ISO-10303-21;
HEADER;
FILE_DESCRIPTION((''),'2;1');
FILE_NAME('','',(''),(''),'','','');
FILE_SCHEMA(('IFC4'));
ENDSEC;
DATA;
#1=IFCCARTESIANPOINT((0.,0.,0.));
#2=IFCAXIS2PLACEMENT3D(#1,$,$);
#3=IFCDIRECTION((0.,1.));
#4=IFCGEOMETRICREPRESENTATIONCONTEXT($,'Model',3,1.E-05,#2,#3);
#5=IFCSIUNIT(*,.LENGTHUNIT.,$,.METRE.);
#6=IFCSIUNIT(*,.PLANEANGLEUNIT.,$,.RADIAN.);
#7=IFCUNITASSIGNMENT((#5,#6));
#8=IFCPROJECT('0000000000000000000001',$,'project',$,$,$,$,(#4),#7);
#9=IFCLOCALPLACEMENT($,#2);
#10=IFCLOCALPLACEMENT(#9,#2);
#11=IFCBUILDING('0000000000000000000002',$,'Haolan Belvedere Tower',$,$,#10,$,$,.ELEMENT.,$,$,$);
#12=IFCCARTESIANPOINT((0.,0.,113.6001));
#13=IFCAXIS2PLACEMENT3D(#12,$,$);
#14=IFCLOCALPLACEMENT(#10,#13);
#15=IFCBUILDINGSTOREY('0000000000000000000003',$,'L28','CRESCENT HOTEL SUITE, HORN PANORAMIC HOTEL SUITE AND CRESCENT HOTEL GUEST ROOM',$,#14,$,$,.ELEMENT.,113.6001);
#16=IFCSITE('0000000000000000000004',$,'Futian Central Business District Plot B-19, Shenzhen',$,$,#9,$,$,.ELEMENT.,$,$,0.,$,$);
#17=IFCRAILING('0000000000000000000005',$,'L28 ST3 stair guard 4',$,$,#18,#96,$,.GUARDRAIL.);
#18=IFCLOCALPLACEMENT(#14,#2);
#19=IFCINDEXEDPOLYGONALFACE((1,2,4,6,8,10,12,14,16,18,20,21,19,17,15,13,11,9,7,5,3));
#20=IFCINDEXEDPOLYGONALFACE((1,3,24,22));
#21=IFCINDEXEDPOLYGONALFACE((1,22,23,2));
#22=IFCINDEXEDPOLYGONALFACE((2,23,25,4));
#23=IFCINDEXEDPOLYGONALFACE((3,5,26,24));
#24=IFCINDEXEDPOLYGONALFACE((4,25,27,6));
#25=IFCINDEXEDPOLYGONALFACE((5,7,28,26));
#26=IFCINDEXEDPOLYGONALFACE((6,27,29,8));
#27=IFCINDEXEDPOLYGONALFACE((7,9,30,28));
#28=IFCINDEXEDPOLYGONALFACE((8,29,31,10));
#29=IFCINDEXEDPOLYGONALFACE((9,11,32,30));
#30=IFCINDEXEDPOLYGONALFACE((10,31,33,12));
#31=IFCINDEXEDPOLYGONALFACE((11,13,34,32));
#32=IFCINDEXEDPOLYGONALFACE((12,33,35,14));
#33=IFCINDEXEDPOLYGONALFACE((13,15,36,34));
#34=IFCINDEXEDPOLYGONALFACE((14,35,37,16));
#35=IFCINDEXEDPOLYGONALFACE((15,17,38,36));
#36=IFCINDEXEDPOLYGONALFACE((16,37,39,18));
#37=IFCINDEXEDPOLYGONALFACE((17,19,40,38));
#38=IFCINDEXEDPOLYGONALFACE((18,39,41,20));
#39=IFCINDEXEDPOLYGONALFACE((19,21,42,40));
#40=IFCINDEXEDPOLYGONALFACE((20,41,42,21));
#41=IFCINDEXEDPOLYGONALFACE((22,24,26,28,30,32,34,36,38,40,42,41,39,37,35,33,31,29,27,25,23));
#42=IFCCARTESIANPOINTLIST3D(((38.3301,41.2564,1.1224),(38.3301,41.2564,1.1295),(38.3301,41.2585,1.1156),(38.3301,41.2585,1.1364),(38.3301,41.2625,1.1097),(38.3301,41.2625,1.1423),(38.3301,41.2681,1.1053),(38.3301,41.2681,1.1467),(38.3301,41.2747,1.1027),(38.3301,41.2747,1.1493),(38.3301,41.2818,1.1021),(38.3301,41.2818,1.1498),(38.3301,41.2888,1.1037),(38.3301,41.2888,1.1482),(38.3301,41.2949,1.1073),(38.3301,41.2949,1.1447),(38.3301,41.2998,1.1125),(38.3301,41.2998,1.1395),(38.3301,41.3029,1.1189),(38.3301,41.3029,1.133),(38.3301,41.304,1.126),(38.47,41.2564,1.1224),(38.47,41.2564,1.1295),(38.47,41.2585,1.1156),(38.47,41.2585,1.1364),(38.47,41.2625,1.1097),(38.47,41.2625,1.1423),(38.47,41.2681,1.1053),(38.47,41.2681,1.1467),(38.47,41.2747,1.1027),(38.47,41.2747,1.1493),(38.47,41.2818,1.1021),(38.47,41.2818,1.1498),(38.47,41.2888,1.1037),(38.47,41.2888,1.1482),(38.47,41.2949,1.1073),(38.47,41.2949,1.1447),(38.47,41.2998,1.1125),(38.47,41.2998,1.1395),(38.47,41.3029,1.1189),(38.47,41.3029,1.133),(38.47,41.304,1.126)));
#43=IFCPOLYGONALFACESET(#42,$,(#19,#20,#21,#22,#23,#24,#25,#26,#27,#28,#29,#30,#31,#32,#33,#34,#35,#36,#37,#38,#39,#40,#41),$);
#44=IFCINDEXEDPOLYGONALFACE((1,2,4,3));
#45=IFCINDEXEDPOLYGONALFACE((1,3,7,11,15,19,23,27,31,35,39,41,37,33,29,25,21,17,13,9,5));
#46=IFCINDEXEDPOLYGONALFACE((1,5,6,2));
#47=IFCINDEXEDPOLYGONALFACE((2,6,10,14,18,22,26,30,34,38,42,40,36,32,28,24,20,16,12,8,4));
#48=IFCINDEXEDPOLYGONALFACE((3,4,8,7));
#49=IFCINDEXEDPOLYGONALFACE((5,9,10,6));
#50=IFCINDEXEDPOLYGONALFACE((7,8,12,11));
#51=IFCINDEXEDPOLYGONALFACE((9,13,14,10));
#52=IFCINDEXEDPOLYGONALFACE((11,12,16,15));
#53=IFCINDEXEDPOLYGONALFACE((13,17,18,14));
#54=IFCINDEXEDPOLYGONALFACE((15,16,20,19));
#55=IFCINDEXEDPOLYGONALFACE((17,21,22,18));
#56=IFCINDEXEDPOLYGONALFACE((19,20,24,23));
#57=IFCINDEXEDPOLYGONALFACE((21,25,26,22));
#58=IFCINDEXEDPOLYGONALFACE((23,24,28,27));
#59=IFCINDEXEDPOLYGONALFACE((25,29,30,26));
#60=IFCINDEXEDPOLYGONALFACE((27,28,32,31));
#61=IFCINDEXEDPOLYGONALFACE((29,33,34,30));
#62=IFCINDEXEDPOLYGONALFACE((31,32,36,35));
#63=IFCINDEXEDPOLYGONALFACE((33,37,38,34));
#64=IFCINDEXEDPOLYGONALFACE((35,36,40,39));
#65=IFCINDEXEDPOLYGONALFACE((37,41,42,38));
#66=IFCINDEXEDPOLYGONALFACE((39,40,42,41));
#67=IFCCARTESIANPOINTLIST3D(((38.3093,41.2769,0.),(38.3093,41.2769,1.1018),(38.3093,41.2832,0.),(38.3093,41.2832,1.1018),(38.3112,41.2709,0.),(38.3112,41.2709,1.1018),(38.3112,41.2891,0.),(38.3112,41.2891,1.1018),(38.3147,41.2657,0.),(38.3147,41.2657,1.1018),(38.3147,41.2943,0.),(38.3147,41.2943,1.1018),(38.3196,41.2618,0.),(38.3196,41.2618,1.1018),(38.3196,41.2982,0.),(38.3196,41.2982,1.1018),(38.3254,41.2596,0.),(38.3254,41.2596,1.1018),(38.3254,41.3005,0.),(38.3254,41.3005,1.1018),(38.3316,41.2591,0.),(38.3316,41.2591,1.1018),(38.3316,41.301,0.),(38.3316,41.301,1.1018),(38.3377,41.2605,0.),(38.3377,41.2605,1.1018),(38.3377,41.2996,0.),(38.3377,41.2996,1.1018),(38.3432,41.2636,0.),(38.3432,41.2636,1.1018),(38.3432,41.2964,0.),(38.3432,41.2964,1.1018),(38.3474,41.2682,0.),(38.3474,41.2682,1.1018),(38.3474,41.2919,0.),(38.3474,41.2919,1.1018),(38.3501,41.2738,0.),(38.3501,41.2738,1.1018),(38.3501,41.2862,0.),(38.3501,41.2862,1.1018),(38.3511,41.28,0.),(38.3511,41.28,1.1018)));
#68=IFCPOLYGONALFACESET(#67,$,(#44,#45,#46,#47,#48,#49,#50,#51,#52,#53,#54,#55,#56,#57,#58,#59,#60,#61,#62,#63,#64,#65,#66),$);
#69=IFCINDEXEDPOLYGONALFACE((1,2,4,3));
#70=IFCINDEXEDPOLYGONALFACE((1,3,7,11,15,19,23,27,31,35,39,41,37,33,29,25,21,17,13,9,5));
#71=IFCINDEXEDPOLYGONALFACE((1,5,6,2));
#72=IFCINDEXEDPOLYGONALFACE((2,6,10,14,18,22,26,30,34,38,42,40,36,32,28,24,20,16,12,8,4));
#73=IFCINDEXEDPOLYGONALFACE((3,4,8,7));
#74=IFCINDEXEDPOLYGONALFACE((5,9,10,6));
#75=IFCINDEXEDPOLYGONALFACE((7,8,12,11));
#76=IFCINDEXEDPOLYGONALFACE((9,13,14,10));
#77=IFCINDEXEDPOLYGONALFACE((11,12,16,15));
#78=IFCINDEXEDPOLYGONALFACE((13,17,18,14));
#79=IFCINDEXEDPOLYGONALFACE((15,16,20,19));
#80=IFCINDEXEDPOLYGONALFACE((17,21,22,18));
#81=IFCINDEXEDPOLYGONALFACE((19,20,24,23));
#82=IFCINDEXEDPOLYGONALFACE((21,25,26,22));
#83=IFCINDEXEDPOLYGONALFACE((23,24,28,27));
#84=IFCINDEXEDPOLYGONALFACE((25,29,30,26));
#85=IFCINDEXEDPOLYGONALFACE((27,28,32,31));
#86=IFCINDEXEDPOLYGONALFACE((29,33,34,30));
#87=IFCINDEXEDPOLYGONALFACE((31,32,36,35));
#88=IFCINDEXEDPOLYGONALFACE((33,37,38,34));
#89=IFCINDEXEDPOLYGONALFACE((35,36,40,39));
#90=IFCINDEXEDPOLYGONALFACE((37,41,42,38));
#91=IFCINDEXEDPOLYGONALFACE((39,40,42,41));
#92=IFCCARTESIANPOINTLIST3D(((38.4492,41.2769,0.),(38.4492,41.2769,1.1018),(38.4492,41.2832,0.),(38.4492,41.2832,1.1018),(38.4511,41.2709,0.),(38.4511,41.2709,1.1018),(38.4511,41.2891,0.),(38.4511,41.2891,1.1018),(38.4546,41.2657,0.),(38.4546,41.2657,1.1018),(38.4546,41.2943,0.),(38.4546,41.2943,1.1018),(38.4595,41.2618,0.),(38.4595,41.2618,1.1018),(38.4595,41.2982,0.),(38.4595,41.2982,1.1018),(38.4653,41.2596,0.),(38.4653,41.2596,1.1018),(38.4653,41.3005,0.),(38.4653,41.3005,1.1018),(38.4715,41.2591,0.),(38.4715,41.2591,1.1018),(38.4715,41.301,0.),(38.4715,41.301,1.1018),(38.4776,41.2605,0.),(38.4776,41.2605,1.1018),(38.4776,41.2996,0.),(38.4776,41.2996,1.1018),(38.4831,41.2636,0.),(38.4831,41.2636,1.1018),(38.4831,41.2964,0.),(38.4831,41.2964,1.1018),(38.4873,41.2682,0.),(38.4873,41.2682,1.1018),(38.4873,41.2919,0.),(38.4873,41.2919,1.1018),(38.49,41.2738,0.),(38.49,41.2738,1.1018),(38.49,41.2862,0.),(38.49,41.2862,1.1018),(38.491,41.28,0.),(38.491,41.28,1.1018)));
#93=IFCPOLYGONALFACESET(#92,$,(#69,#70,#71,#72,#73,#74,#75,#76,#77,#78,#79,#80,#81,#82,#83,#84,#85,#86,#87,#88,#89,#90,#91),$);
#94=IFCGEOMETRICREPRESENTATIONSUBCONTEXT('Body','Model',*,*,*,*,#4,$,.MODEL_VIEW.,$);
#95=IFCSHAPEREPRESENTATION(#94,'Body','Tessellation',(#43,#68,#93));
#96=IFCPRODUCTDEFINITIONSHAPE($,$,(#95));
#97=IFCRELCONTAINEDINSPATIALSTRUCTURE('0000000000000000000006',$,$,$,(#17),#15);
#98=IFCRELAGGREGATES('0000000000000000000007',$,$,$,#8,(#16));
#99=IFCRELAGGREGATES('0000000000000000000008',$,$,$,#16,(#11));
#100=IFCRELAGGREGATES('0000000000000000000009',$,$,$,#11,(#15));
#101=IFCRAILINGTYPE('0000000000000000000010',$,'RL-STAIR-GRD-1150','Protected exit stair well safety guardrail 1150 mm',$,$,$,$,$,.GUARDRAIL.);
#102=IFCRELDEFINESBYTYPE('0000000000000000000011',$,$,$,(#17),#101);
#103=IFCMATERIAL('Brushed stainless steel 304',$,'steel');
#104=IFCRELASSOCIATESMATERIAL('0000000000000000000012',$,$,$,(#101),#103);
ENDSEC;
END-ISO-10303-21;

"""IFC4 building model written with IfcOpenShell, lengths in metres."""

from ifc_helpers import new_model, si_unit, direction, frame, origin, origin_2d, place, context, subcontext, project, spatial, circle, extrude, material, type_object, element, save


model = new_model("IFC4")

# Units and contexts
model_context = context("Model", 3, precision=1e-05, world=origin(), true_north=direction((0.0, 1.0)))
body_context = subcontext(model_context, "Body", "Model", "MODEL_VIEW")
ifc_project = project(units=[si_unit("LENGTHUNIT", "METRE"), si_unit("PLANEANGLEUNIT", "RADIAN")], contexts=[model_context])

# Site, building, storey
site_placement = place(None, origin())
site = spatial("IfcSite", under=ifc_project, at=site_placement, Name="Futian Central Business District Plot B-19, Shenzhen", CompositionType="ELEMENT", RefElevation=0.0)
building_placement = place(site_placement, origin())
building = spatial("IfcBuilding", under=site, at=building_placement, Name="Haolan Belvedere Tower", CompositionType="ELEMENT")
storey_placement = place(building_placement, frame((0.0, 0.0, 113.6001)))
storey = spatial("IfcBuildingStorey", under=building, at=storey_placement, Name="L28", Description="CRESCENT HOTEL SUITE, HORN PANORAMIC HOTEL SUITE AND CRESCENT HOTEL GUEST ROOM", CompositionType="ELEMENT", Elevation=113.6001)

# Railing
ifc_material_1 = material(Name="Brushed stainless steel 304", Category="steel")
railing_type_1 = type_object("IfcRailingType", Name="RL-STAIR-GRD-1150", Description="Protected exit stair well safety guardrail 1150 mm", PredefinedType="GUARDRAIL", material=ifc_material_1)
railing_1_placement = place(storey_placement, frame((38.3301, 41.28, 0.0)))
element("IfcRailing", 1, at=railing_1_placement, inside=storey, type_object=railing_type_1, Name="L28 ST3 stair guard 4", PredefinedType="GUARDRAIL", context=body_context, shape_type="SweptSolid", body=[
    extrude(circle(Radius=0.0239, at=origin_2d()), frame((0.0, 0.0, 1.126), z_axis=(1.0, 0.0, 0.0), x_axis=(0.0, 1.0, 0.0)), (0.0, 0.0, 1.0), 0.1399),
    extrude(circle(Radius=0.021, at=origin_2d()), origin(), (0.0, 0.0, 1.0), 1.1018),
    extrude(circle(Radius=0.021, at=origin_2d()), frame((0.1399, 0.0, 0.0)), (0.0, 0.0, 1.0), 1.1018),
])

save(model, "model.ifc")
